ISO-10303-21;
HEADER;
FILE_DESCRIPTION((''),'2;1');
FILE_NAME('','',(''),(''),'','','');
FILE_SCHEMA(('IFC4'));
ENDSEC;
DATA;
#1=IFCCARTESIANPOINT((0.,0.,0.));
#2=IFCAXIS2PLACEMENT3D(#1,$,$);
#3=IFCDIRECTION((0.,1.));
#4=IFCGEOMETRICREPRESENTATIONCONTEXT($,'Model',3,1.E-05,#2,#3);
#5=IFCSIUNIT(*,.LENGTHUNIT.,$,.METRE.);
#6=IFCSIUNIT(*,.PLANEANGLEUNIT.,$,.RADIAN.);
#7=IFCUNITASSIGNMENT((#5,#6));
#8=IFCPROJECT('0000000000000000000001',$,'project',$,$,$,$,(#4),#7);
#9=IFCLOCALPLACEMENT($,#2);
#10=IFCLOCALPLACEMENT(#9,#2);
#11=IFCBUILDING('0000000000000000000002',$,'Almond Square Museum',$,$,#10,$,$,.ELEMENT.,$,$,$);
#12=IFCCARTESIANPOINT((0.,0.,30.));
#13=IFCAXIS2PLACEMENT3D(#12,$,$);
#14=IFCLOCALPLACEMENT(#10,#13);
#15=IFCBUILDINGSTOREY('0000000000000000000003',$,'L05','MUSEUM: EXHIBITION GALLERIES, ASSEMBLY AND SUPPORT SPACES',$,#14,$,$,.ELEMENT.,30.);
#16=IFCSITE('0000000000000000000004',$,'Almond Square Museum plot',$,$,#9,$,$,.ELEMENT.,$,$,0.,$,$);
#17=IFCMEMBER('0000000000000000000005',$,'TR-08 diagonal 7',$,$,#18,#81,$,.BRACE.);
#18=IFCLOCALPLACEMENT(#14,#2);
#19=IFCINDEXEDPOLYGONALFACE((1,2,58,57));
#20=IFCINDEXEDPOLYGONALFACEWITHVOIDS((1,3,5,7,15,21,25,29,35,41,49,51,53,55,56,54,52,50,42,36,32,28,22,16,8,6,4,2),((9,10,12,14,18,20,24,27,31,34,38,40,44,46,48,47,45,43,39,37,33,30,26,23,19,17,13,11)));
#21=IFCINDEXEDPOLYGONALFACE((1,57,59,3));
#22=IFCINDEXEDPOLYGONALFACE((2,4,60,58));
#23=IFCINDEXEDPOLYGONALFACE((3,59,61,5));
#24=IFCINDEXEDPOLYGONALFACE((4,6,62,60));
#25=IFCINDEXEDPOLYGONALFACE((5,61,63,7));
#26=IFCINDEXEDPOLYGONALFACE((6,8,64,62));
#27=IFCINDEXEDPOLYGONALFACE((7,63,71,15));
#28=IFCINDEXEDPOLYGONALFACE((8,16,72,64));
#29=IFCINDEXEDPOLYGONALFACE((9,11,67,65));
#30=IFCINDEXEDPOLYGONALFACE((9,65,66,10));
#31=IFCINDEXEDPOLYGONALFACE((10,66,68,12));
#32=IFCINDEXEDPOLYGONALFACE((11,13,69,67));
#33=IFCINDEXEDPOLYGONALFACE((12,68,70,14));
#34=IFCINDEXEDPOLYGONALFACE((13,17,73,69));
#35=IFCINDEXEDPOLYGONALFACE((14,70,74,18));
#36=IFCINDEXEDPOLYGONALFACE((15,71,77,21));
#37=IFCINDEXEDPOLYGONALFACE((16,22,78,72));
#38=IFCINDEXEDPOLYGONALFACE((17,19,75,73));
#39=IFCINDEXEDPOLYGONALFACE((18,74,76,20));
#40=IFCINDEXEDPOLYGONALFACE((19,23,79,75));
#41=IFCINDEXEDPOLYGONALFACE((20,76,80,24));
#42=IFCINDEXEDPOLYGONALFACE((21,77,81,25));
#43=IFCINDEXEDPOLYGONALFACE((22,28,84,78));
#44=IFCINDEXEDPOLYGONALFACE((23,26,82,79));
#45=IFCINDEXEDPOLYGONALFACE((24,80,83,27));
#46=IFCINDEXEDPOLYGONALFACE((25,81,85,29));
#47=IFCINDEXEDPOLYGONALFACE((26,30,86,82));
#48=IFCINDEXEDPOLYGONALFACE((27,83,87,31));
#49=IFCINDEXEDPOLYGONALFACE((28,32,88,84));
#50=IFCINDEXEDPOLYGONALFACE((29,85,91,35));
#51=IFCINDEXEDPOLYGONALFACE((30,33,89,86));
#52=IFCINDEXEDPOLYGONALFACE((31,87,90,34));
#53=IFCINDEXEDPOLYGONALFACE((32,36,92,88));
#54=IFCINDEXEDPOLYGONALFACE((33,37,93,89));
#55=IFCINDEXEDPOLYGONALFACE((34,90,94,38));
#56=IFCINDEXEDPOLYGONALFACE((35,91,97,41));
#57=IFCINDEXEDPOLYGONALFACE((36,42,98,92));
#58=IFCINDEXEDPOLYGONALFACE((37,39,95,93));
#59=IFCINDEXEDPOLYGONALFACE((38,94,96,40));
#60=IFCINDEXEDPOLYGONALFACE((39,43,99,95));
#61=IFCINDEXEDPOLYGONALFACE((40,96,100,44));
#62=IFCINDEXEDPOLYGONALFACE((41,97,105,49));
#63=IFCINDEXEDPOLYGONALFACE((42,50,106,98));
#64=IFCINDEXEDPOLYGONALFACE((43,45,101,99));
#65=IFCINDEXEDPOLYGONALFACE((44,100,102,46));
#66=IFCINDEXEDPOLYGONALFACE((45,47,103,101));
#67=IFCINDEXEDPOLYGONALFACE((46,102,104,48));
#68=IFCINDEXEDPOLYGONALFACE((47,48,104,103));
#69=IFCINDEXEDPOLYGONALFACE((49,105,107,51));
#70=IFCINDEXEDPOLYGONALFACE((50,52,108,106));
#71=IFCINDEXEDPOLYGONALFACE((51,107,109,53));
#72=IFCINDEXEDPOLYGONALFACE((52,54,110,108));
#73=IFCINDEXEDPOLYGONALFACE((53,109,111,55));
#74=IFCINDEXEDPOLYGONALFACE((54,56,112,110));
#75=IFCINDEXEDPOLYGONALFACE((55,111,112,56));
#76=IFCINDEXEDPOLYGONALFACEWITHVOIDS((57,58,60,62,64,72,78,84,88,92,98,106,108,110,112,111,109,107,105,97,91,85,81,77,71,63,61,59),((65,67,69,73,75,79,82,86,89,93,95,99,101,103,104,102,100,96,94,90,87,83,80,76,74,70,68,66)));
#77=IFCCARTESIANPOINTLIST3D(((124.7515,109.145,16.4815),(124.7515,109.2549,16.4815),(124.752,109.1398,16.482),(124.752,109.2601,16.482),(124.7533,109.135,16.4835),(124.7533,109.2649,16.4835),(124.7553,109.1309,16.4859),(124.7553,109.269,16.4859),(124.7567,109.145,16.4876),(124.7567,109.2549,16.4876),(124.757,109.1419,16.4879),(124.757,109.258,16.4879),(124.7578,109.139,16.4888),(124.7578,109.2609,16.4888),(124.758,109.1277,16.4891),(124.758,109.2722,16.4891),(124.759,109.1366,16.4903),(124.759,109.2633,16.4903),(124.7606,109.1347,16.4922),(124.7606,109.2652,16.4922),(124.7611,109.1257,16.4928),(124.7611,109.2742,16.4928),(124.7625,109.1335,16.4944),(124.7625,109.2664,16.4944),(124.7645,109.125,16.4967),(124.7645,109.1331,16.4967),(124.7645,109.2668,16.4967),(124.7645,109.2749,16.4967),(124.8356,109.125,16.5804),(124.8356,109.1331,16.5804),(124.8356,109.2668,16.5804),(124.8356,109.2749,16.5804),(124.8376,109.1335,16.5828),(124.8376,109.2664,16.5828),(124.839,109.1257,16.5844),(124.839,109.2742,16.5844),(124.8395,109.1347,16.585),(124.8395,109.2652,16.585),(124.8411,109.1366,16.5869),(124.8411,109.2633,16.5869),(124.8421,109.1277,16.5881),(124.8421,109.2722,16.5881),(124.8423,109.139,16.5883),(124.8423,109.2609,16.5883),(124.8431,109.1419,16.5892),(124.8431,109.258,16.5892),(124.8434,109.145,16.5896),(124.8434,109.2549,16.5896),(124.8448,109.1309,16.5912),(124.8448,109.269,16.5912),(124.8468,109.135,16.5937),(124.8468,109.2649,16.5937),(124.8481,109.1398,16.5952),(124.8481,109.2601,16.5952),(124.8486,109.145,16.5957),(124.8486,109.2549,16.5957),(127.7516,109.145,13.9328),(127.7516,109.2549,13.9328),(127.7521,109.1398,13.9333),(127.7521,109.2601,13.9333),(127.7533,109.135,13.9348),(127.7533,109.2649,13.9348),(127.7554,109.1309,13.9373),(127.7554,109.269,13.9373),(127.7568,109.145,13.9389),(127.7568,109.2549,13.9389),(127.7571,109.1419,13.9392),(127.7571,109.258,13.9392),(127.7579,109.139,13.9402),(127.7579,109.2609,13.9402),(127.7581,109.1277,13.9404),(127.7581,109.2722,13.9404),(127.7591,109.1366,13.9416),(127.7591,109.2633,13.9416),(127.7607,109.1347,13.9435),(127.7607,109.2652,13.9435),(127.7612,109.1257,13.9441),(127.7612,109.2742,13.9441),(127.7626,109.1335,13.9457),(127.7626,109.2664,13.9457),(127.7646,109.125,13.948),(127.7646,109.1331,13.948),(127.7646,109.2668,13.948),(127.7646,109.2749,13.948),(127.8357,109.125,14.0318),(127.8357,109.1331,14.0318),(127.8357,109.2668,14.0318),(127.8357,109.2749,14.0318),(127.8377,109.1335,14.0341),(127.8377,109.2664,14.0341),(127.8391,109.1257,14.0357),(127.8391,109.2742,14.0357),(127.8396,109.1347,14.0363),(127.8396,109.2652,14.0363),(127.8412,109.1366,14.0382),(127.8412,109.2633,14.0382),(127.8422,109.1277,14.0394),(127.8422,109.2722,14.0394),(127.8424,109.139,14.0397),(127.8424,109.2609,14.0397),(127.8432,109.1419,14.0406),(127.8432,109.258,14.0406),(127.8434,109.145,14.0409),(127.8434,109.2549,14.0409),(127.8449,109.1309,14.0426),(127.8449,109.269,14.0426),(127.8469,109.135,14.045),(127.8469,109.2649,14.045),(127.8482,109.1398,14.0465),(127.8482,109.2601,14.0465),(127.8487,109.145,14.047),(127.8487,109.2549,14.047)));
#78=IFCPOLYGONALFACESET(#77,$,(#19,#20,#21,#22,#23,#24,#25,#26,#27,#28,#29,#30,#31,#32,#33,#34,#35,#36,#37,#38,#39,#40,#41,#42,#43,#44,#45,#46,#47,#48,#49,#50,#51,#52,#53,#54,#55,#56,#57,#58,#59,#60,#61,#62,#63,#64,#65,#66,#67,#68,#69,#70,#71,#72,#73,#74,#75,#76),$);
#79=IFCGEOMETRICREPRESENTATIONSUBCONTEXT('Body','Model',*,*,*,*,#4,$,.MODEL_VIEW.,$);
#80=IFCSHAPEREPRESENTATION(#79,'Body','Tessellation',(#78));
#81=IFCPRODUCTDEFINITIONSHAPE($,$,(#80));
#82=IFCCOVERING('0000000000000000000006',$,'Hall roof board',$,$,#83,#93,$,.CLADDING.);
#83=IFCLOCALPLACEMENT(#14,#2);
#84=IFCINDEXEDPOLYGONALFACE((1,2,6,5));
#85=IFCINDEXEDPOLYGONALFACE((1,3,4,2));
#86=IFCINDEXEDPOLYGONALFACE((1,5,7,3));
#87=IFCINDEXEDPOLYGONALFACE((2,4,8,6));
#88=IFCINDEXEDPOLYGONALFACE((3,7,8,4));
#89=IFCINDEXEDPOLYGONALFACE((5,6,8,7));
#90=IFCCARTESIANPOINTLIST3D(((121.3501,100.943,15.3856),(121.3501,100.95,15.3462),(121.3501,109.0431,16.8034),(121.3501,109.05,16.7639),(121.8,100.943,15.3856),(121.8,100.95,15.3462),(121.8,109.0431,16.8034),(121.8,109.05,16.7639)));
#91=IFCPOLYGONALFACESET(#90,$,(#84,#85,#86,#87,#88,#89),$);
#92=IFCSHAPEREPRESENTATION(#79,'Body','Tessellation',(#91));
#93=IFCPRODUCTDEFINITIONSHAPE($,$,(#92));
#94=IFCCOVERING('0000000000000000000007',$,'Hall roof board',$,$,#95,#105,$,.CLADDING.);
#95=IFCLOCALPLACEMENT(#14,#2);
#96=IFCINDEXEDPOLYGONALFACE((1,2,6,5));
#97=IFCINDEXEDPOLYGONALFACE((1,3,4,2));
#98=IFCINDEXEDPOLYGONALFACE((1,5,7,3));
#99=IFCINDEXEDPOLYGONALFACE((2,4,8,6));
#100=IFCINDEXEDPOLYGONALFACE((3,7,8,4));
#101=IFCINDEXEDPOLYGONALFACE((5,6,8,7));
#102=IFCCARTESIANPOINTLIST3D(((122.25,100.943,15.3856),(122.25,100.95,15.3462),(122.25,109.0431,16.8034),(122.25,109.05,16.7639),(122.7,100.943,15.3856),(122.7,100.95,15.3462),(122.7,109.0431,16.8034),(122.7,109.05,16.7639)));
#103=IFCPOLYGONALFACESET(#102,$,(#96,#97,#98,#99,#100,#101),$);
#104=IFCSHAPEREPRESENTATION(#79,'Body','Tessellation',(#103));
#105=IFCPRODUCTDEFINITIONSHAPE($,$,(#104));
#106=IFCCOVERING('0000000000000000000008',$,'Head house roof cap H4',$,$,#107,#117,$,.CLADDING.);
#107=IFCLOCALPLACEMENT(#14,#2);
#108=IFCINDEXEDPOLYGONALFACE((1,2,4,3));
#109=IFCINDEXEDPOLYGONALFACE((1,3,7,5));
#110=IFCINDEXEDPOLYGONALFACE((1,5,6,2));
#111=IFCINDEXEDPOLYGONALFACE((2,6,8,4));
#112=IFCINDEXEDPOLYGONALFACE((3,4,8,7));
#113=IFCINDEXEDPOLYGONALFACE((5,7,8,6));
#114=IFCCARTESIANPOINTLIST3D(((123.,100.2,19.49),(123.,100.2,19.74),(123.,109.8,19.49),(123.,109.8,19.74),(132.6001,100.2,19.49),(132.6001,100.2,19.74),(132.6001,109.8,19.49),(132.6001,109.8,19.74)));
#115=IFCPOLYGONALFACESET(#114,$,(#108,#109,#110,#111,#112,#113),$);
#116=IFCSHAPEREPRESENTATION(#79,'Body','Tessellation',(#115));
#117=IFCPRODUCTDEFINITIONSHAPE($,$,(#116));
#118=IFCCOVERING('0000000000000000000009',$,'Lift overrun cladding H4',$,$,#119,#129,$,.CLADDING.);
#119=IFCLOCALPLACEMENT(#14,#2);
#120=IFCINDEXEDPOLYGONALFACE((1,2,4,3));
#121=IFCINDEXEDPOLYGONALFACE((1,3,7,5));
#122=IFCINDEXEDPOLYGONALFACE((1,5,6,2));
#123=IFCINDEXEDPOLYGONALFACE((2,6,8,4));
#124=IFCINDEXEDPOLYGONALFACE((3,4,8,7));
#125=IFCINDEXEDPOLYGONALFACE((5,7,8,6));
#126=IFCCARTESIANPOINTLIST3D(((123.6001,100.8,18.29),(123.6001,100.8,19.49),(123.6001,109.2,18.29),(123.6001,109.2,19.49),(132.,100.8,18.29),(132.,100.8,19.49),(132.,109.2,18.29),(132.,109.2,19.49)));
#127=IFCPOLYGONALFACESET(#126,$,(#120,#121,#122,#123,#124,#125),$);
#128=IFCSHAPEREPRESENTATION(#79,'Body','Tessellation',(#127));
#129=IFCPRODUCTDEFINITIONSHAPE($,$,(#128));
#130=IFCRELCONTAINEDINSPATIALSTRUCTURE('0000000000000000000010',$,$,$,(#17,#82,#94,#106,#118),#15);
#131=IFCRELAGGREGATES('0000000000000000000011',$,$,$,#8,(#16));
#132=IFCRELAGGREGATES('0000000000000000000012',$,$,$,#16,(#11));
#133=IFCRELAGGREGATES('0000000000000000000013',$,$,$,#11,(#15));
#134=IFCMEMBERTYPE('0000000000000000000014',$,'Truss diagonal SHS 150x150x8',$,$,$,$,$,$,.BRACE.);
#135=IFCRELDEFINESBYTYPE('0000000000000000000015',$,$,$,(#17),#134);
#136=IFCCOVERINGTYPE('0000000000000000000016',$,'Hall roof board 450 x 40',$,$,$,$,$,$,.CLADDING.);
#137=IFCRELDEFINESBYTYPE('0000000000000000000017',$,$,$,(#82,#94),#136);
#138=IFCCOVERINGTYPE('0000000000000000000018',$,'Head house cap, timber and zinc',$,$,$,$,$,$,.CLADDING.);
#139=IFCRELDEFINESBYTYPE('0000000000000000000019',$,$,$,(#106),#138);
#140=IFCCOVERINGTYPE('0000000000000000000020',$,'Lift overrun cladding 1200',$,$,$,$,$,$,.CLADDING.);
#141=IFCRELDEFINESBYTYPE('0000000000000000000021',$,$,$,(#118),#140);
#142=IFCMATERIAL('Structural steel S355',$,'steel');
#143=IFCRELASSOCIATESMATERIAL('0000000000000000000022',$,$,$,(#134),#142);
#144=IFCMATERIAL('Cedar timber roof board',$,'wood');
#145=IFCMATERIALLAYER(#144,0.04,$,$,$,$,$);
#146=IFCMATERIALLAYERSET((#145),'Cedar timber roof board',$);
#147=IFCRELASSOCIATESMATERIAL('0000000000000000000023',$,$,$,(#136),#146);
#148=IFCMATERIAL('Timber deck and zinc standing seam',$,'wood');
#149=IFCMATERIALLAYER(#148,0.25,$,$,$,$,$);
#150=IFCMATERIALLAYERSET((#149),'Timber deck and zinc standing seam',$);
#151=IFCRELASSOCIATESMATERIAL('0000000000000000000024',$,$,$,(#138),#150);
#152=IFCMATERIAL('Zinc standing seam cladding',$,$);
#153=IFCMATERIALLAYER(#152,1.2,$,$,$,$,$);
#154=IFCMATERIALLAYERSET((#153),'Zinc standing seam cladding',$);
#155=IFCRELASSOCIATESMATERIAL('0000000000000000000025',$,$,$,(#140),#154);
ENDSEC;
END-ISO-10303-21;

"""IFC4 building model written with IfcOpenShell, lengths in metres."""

from ifc_helpers import new_model, si_unit, direction, frame, origin, origin_2d, place, context, subcontext, project, spatial, polyline, rectangle, hollow_rectangle, outline, extrude, material, layer, layer_set, material_profile, profile_set, type_object, element, save


model = new_model("IFC4")

# Units and contexts
model_context = context("Model", 3, precision=1e-05, world=origin(), true_north=direction((0.0, 1.0)))
body_context = subcontext(model_context, "Body", "Model", "MODEL_VIEW")
ifc_project = project(units=[si_unit("LENGTHUNIT", "METRE"), si_unit("PLANEANGLEUNIT", "RADIAN")], contexts=[model_context])

# Site, building, storey
site_placement = place(None, origin())
site = spatial("IfcSite", under=ifc_project, at=site_placement, Name="Almond Square Museum plot", CompositionType="ELEMENT", RefElevation=0.0)
building_placement = place(site_placement, origin())
building = spatial("IfcBuilding", under=site, at=building_placement, Name="Almond Square Museum", CompositionType="ELEMENT")
storey_placement = place(building_placement, frame((0.0, 0.0, 30.0)))
storey = spatial("IfcBuildingStorey", under=building, at=storey_placement, Name="L05", Description="MUSEUM: EXHIBITION GALLERIES, ASSEMBLY AND SUPPORT SPACES", CompositionType="ELEMENT", Elevation=30.0)

# Member
ifc_material_1 = material(Name="Structural steel S355", Category="steel")
ifc_material_profile_1 = material_profile(ifc_material_1, hollow_rectangle(XDim=0.1499, YDim=0.1499, WallThickness=0.0081, InnerFilletRadius=0.012, OuterFilletRadius=0.02, at=origin_2d()))
ifc_profile_set_1 = profile_set([ifc_material_profile_1], Name="Structural steel S355")
member_type_1 = type_object("IfcMemberType", Name="Truss diagonal SHS 150x150x8", PredefinedType="BRACE", material=ifc_profile_set_1)
for number, where, z_axis, x_axis, name in (
    (1, (124.8, 109.2, 16.5386), (0.762117, 0.0, -0.64744), (0.0, 1.0, 0.0), "TR-08 diagonal 7"),
):
    element("IfcMember", number, at=place(storey_placement, frame(where, z_axis=z_axis, x_axis=x_axis)), inside=storey, type_object=member_type_1, Name=name, PredefinedType="BRACE", context=body_context, shape_type="SweptSolid", body=[
        extrude(hollow_rectangle(XDim=0.1499, YDim=0.1499, WallThickness=0.0081, InnerFilletRadius=0.012, OuterFilletRadius=0.02, at=origin_2d()), origin(), (0.0, 0.0, 1.0), 3.9365),
    ])

# Coverings
ifc_material_2 = material(Name="Cedar timber roof board", Category="wood")
ifc_layer_1 = layer(ifc_material_2, 0.04)
ifc_layer_set_1 = layer_set([ifc_layer_1], Name="Cedar timber roof board")
covering_type_1 = type_object("IfcCoveringType", Name="Hall roof board 450 x 40", PredefinedType="CLADDING", material=ifc_layer_set_1)
for number, where, z_axis, x_axis, name in (
    (2, (121.8, 109.05, 16.7639), (0.0, -0.172405, 0.985026), (-1.0, 0.0, 0.0), "Hall roof board"),
    (3, (122.7, 109.05, 16.7639), (0.0, -0.172405, 0.985026), (-1.0, 0.0, 0.0), "Hall roof board"),
):
    element("IfcCovering", number, at=place(storey_placement, frame(where, z_axis=z_axis, x_axis=x_axis)), inside=storey, type_object=covering_type_1, Name=name, PredefinedType="CLADDING", context=body_context, shape_type="SweptSolid", body=[
        extrude(outline(polyline([(0.0, 0.0), (0.45, 0.0), (0.45, 8.2232), (0.0, 8.2232), (0.0, 0.0)])), origin(), (0.0, 0.0, 1.0), 0.04),
    ])
ifc_material_3 = material(Name="Timber deck and zinc standing seam", Category="wood")
ifc_layer_2 = layer(ifc_material_3, 0.25)
ifc_layer_set_2 = layer_set([ifc_layer_2], Name="Timber deck and zinc standing seam")
covering_type_2 = type_object("IfcCoveringType", Name="Head house cap, timber and zinc", PredefinedType="CLADDING", material=ifc_layer_set_2)
covering_1_placement = place(storey_placement, frame((127.8, 105.0, 19.49), z_axis=(0.0, 0.0, 1.0), x_axis=(1.0, 0.0, 0.0)))
element("IfcCovering", 4, at=covering_1_placement, inside=storey, type_object=covering_type_2, Name="Head house roof cap H4", PredefinedType="CLADDING", context=body_context, shape_type="SweptSolid", body=[
    extrude(rectangle(XDim=9.6001, YDim=9.6001, at=origin_2d()), origin(), (0.0, 0.0, 1.0), 0.25),
])
ifc_material_4 = material(Name="Zinc standing seam cladding")
ifc_layer_3 = layer(ifc_material_4, 1.2)
ifc_layer_set_3 = layer_set([ifc_layer_3], Name="Zinc standing seam cladding")
covering_type_3 = type_object("IfcCoveringType", Name="Lift overrun cladding 1200", PredefinedType="CLADDING", material=ifc_layer_set_3)
covering_2_placement = place(storey_placement, frame((127.8, 105.0, 18.29), z_axis=(0.0, 0.0, 1.0), x_axis=(1.0, 0.0, 0.0)))
element("IfcCovering", 5, at=covering_2_placement, inside=storey, type_object=covering_type_3, Name="Lift overrun cladding H4", PredefinedType="CLADDING", context=body_context, shape_type="SweptSolid", body=[
    extrude(rectangle(XDim=8.3999, YDim=8.3999, at=origin_2d()), origin(), (0.0, 0.0, 1.0), 1.2),
])

save(model, "model.ifc")
